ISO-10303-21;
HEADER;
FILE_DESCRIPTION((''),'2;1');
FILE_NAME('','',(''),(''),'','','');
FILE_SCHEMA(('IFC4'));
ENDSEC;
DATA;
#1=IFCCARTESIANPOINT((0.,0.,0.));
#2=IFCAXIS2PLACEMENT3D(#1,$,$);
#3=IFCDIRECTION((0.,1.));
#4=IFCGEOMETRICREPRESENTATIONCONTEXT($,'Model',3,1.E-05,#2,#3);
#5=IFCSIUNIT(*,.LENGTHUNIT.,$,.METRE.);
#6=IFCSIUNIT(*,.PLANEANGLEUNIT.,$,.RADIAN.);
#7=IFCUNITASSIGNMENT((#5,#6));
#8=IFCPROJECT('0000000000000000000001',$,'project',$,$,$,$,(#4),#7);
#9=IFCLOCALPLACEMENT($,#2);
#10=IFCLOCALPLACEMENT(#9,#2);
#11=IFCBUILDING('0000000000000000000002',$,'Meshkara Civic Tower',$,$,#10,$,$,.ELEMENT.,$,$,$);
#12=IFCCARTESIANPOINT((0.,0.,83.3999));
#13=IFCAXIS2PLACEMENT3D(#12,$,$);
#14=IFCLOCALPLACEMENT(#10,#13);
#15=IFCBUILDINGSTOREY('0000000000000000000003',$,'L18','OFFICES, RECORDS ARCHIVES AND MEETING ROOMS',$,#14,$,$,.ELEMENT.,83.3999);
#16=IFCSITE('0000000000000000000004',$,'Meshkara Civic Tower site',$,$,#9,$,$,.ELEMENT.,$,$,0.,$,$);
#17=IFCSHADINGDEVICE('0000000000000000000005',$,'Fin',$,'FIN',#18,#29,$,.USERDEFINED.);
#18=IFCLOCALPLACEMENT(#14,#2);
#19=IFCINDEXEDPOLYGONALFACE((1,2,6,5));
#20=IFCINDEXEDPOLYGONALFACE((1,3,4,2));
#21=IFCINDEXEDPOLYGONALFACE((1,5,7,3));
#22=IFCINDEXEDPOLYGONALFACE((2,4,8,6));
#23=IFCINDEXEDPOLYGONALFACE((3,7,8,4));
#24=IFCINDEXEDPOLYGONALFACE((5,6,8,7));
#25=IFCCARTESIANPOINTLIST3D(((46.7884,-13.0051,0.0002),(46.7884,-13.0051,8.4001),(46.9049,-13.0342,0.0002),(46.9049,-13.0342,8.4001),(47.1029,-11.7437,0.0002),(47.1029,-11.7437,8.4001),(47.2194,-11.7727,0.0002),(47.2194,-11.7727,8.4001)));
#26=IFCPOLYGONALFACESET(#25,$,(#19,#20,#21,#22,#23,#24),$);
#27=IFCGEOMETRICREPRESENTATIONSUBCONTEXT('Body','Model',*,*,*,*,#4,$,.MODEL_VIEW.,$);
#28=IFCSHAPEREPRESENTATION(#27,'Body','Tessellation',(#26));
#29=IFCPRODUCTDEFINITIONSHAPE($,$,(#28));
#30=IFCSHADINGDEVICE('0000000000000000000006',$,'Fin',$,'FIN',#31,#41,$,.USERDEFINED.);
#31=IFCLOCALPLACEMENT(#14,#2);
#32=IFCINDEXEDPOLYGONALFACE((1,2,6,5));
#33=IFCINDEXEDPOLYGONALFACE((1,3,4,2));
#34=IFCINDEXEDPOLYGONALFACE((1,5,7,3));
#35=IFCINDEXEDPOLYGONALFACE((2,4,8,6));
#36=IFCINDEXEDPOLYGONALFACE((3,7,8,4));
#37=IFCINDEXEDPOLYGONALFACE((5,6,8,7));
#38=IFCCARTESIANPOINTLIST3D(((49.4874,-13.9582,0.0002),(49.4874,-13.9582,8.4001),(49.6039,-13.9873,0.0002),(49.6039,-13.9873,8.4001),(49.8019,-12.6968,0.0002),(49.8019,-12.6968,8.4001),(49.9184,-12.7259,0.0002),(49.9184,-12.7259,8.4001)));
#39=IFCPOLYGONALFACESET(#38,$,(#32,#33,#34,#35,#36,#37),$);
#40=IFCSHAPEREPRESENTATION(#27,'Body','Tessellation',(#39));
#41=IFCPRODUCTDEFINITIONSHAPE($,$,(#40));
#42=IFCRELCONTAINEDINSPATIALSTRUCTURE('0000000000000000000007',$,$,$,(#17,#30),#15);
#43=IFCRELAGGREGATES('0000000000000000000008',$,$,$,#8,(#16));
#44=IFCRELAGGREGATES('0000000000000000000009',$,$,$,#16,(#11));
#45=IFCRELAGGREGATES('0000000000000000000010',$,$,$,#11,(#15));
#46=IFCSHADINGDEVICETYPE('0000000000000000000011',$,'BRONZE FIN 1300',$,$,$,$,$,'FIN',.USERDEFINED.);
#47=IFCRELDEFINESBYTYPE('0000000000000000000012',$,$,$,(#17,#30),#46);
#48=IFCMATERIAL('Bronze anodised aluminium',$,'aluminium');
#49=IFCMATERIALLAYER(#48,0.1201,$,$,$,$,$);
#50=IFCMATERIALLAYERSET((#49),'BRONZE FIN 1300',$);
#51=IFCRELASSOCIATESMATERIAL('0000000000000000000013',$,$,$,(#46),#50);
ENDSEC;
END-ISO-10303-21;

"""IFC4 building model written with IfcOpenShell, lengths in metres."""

from ifc_helpers import new_model, si_unit, direction, frame, origin, origin_2d, place, context, subcontext, project, spatial, rectangle, extrude, material, layer, layer_set, type_object, element, save


model = new_model("IFC4")

# Units and contexts
model_context = context("Model", 3, precision=1e-05, world=origin(), true_north=direction((0.0, 1.0)))
body_context = subcontext(model_context, "Body", "Model", "MODEL_VIEW")
ifc_project = project(units=[si_unit("LENGTHUNIT", "METRE"), si_unit("PLANEANGLEUNIT", "RADIAN")], contexts=[model_context])

# Site, building, storey
site_placement = place(None, origin())
site = spatial("IfcSite", under=ifc_project, at=site_placement, Name="Meshkara Civic Tower site", CompositionType="ELEMENT", RefElevation=0.0)
building_placement = place(site_placement, origin())
building = spatial("IfcBuilding", under=site, at=building_placement, Name="Meshkara Civic Tower", CompositionType="ELEMENT")
storey_placement = place(building_placement, frame((0.0, 0.0, 83.3999)))
storey = spatial("IfcBuildingStorey", under=building, at=storey_placement, Name="L18", Description="OFFICES, RECORDS ARCHIVES AND MEETING ROOMS", CompositionType="ELEMENT", Elevation=83.3999)

# Shading devices
ifc_material_1 = material(Name="Bronze anodised aluminium", Category="aluminium")
ifc_layer_1 = layer(ifc_material_1, 0.1201)
ifc_layer_set_1 = layer_set([ifc_layer_1], Name="BRONZE FIN 1300")
shading_device_type = type_object("IfcShadingDeviceType", Name="BRONZE FIN 1300", ElementType="FIN", PredefinedType="USERDEFINED", material=ifc_layer_set_1)
for number, where, z_axis, x_axis, name in (
    (1, (47.0039, -12.3889, 0.0002), (0.0, 0.0, 1.0), (0.970296, -0.241922, 0.0), "Fin"),
    (2, (49.7029, -13.342, 0.0002), (0.0, 0.0, 1.0), (0.970296, -0.241922, 0.0), "Fin"),
):
    element("IfcShadingDevice", number, at=place(storey_placement, frame(where, z_axis=z_axis, x_axis=x_axis)), inside=storey, type_object=shading_device_type, Name=name, ObjectType="FIN", PredefinedType="USERDEFINED", context=body_context, shape_type="SweptSolid", body=[
        extrude(rectangle(XDim=0.1201, YDim=1.3, at=origin_2d()), origin(), (0.0, 0.0, 1.0), 8.3999),
    ])

save(model, "model.ifc")
